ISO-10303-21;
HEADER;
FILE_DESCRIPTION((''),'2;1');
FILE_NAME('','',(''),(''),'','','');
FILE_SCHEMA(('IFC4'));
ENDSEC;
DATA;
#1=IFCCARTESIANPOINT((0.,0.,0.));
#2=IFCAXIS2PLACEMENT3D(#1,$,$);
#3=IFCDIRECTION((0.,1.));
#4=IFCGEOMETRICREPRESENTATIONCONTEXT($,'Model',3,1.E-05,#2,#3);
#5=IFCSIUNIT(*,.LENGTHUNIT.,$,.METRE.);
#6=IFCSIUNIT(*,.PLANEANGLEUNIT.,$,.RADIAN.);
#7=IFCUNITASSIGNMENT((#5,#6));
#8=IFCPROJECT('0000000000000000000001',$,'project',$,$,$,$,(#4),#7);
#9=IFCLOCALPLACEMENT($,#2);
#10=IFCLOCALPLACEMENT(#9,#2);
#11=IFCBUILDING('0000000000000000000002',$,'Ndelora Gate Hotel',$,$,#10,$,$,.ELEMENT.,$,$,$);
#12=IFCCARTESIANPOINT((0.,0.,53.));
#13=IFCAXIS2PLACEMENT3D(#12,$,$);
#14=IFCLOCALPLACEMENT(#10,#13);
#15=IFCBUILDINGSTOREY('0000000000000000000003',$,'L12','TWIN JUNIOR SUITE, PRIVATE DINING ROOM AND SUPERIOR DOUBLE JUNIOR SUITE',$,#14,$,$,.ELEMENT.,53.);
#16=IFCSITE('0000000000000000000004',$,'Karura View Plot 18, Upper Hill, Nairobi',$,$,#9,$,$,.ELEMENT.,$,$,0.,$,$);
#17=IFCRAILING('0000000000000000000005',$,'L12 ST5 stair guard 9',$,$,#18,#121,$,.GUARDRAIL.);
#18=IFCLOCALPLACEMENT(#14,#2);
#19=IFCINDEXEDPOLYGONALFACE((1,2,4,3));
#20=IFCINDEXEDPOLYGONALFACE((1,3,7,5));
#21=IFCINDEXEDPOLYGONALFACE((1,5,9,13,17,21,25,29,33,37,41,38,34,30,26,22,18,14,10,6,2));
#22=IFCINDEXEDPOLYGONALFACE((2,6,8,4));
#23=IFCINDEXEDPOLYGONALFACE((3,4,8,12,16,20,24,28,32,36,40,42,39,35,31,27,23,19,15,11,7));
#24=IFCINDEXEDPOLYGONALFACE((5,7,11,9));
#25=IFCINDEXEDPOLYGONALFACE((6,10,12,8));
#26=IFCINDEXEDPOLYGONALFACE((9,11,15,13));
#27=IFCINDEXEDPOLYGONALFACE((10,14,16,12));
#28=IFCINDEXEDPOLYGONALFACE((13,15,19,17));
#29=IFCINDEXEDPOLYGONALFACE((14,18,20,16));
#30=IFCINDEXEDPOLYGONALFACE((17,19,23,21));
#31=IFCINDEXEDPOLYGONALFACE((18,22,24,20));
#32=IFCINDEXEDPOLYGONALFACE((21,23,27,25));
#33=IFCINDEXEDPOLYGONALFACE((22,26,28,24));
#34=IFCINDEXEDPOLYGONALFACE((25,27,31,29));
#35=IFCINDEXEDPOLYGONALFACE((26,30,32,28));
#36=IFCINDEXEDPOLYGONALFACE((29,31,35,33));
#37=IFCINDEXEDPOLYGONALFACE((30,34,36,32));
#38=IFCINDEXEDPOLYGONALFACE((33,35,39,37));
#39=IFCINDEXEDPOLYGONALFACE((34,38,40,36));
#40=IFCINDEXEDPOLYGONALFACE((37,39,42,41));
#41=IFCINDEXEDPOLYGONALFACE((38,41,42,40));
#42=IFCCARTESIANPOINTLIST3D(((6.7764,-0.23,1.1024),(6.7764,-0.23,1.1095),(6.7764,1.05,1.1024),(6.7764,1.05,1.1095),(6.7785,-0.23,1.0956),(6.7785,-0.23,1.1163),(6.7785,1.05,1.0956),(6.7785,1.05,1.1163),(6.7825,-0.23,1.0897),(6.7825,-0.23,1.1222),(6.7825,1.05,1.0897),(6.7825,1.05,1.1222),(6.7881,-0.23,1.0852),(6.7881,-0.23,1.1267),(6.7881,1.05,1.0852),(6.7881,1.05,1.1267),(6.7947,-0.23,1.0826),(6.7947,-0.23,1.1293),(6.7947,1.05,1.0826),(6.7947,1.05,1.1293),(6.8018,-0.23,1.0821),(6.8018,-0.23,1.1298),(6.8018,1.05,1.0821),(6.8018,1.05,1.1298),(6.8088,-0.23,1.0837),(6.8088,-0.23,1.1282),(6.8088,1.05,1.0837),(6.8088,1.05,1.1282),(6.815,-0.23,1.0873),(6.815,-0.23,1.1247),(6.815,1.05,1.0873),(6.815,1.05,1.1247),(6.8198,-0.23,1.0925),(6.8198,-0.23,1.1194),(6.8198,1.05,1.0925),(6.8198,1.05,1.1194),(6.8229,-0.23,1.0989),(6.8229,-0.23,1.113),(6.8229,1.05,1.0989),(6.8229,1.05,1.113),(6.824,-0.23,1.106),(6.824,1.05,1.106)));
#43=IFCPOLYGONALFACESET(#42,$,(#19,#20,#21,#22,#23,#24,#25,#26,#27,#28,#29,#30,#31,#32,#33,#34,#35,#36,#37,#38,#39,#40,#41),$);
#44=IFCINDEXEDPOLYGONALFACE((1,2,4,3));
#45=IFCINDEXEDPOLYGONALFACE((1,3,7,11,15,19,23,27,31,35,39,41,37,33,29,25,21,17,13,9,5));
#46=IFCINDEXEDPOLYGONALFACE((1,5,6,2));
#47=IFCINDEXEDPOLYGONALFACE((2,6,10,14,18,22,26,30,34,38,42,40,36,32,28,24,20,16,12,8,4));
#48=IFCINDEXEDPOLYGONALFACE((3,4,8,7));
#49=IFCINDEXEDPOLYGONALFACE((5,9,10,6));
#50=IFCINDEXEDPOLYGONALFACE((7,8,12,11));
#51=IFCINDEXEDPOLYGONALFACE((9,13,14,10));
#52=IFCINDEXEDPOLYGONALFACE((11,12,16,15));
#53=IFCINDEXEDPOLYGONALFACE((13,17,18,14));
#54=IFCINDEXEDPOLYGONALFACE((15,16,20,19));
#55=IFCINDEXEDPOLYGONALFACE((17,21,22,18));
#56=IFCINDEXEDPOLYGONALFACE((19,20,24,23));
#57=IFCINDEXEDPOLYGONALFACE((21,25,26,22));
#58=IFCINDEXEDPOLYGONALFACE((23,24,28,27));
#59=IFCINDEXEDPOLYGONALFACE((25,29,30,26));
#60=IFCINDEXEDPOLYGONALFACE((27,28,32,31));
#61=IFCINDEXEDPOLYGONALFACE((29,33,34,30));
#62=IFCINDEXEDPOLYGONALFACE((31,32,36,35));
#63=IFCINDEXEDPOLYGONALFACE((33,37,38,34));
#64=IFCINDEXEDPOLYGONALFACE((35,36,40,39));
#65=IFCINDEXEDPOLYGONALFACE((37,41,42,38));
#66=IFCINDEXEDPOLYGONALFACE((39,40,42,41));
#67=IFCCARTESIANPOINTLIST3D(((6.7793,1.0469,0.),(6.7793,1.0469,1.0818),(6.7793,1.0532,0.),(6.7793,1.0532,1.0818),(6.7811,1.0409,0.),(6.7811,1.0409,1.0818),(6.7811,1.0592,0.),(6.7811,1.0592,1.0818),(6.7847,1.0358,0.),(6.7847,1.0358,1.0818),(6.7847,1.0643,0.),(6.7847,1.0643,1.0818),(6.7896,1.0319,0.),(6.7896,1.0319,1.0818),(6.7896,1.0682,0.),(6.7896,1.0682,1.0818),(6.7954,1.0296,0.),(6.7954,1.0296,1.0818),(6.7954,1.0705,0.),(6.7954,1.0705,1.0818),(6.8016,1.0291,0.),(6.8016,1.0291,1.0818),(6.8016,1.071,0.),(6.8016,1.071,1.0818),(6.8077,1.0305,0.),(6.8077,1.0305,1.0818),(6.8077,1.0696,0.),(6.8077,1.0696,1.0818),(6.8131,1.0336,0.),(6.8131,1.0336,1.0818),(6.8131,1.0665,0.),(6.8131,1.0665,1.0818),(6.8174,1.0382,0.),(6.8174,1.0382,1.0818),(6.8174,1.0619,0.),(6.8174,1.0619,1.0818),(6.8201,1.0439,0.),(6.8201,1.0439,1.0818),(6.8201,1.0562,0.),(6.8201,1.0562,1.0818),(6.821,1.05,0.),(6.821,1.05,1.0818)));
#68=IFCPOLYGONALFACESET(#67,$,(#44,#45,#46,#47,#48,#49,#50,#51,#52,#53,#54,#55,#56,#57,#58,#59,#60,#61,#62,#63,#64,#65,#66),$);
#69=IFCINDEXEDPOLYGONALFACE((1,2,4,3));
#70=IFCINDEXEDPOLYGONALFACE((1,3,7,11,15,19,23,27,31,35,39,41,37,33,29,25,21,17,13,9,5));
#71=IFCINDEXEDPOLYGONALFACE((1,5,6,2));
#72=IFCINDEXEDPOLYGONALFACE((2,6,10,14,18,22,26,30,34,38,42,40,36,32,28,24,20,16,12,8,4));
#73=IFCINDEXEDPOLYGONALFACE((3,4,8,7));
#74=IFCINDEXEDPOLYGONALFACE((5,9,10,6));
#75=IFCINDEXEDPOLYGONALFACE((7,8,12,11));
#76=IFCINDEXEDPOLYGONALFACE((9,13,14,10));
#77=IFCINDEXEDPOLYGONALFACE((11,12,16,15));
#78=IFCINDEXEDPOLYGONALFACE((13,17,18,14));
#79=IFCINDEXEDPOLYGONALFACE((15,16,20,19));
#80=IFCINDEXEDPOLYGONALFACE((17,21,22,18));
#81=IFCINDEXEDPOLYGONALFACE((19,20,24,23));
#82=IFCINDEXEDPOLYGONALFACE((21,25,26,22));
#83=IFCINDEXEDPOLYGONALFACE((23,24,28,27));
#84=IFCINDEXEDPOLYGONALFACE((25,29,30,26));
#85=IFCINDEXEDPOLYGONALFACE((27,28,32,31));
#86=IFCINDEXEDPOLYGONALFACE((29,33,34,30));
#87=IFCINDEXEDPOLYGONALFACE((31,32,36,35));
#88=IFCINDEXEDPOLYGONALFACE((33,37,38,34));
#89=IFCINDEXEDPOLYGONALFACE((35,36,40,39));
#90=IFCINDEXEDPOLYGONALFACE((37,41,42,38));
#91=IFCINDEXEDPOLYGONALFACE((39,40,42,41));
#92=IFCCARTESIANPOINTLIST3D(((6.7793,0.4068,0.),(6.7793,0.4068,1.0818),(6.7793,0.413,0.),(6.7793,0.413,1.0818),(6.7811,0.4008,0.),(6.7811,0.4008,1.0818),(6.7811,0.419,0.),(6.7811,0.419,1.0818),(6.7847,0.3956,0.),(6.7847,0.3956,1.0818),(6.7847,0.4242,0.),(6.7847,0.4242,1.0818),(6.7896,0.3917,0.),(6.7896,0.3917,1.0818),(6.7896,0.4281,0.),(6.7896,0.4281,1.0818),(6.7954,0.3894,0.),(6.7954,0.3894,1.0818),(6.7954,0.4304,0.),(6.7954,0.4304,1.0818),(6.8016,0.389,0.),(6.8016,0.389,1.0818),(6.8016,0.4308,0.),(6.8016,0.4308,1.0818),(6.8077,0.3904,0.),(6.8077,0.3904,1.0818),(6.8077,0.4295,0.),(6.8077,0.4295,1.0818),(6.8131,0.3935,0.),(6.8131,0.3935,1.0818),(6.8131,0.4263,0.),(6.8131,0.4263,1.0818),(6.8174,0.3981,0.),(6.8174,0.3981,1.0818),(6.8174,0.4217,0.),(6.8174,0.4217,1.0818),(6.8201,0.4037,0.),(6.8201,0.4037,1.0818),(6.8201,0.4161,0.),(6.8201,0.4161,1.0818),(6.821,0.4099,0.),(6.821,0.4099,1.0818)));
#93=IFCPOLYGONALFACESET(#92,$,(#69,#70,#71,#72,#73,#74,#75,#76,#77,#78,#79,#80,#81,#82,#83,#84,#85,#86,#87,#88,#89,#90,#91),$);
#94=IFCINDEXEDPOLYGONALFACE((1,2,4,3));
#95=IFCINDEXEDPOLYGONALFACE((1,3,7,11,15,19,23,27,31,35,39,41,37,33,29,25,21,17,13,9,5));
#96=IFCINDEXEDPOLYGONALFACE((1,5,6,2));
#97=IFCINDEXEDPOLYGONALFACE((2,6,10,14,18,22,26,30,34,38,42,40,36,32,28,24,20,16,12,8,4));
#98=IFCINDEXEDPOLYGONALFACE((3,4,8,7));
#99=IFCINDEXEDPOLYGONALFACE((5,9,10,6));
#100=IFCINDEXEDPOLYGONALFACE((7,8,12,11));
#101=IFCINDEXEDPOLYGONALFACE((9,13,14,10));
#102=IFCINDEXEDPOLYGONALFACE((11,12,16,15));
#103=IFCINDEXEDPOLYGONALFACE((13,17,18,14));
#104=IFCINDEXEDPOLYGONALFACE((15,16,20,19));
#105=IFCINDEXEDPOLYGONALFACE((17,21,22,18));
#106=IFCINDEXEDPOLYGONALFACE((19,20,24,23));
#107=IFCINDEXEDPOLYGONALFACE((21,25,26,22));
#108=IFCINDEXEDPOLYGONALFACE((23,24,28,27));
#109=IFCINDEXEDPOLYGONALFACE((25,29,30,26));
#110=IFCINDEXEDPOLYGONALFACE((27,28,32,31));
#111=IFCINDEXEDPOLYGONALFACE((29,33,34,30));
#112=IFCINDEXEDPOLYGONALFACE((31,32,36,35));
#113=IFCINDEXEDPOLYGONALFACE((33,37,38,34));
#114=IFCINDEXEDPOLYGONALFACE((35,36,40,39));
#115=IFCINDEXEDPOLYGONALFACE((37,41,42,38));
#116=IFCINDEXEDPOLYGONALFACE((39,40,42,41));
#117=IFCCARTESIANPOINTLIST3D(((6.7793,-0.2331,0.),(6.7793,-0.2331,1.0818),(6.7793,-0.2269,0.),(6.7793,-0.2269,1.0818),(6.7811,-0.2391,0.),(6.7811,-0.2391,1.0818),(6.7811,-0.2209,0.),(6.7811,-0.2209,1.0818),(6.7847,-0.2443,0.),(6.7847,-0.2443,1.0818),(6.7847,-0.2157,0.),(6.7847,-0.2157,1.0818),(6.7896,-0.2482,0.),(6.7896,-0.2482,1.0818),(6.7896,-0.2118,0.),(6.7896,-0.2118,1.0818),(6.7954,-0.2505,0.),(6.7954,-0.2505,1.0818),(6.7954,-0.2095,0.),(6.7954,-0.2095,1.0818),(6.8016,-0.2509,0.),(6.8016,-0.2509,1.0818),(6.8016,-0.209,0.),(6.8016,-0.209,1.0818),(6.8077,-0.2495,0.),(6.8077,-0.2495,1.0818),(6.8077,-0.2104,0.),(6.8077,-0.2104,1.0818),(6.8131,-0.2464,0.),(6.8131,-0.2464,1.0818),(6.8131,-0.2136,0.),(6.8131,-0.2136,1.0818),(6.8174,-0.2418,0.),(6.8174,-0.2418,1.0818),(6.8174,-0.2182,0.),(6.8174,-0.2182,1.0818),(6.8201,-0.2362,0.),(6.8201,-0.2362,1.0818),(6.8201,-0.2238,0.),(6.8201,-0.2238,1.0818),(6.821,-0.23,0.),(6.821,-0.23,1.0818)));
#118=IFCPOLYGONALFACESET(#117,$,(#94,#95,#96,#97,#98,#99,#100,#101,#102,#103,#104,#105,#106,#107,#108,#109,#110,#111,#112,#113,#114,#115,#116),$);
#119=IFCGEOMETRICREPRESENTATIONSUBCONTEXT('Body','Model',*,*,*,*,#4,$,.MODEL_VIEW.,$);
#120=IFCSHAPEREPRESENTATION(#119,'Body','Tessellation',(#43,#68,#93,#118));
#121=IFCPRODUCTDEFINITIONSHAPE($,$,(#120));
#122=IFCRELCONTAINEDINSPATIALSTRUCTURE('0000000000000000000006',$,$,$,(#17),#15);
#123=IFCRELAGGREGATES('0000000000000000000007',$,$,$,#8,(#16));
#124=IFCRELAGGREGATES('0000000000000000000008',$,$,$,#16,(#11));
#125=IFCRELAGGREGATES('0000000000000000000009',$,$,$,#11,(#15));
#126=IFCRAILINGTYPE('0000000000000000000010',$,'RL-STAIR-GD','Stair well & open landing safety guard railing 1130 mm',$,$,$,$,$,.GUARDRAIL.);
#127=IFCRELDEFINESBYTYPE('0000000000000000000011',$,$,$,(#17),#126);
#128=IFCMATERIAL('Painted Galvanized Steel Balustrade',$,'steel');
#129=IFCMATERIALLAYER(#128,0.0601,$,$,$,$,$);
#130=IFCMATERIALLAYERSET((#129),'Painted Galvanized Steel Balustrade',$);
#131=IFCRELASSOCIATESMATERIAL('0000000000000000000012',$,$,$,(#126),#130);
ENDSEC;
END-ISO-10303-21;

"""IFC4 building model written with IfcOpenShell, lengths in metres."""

from ifc_helpers import new_model, si_unit, direction, frame, origin, origin_2d, place, context, subcontext, project, spatial, circle, extrude, material, layer, layer_set, type_object, element, save


model = new_model("IFC4")

# Units and contexts
model_context = context("Model", 3, precision=1e-05, world=origin(), true_north=direction((0.0, 1.0)))
body_context = subcontext(model_context, "Body", "Model", "MODEL_VIEW")
ifc_project = project(units=[si_unit("LENGTHUNIT", "METRE"), si_unit("PLANEANGLEUNIT", "RADIAN")], contexts=[model_context])

# Site, building, storey
site_placement = place(None, origin())
site = spatial("IfcSite", under=ifc_project, at=site_placement, Name="Karura View Plot 18, Upper Hill, Nairobi", CompositionType="ELEMENT", RefElevation=0.0)
building_placement = place(site_placement, origin())
building = spatial("IfcBuilding", under=site, at=building_placement, Name="Ndelora Gate Hotel", CompositionType="ELEMENT")
storey_placement = place(building_placement, frame((0.0, 0.0, 53.0)))
storey = spatial("IfcBuildingStorey", under=building, at=storey_placement, Name="L12", Description="TWIN JUNIOR SUITE, PRIVATE DINING ROOM AND SUPERIOR DOUBLE JUNIOR SUITE", CompositionType="ELEMENT", Elevation=53.0)

# Railing
ifc_material_1 = material(Name="Painted Galvanized Steel Balustrade", Category="steel")
ifc_layer_1 = layer(ifc_material_1, 0.0601)
ifc_layer_set_1 = layer_set([ifc_layer_1], Name="Painted Galvanized Steel Balustrade")
railing_type = type_object("IfcRailingType", Name="RL-STAIR-GD", Description="Stair well & open landing safety guard railing 1130 mm", PredefinedType="GUARDRAIL", material=ifc_layer_set_1)
for number, where, name in (
    (1, (6.8, 1.05, 0.0), "L12 ST5 stair guard 9"),
):
    element("IfcRailing", number, at=place(storey_placement, frame(where)), inside=storey, type_object=railing_type, Name=name, PredefinedType="GUARDRAIL", context=body_context, shape_type="SweptSolid", body=[
        extrude(circle(Radius=0.0239, at=origin_2d()), frame((0.0, 0.0, 1.106), z_axis=(0.0, -1.0, 0.0), x_axis=(1.0, 0.0, 0.0)), (0.0, 0.0, 1.0), 1.28),
        extrude(circle(Radius=0.021, at=origin_2d()), origin(), (0.0, 0.0, 1.0), 1.0818),
        extrude(circle(Radius=0.021, at=origin_2d()), frame((0.0, -0.6401, 0.0)), (0.0, 0.0, 1.0), 1.0818),
        extrude(circle(Radius=0.021, at=origin_2d()), frame((0.0, -1.28, 0.0)), (0.0, 0.0, 1.0), 1.0818),
    ])

save(model, "model.ifc")
